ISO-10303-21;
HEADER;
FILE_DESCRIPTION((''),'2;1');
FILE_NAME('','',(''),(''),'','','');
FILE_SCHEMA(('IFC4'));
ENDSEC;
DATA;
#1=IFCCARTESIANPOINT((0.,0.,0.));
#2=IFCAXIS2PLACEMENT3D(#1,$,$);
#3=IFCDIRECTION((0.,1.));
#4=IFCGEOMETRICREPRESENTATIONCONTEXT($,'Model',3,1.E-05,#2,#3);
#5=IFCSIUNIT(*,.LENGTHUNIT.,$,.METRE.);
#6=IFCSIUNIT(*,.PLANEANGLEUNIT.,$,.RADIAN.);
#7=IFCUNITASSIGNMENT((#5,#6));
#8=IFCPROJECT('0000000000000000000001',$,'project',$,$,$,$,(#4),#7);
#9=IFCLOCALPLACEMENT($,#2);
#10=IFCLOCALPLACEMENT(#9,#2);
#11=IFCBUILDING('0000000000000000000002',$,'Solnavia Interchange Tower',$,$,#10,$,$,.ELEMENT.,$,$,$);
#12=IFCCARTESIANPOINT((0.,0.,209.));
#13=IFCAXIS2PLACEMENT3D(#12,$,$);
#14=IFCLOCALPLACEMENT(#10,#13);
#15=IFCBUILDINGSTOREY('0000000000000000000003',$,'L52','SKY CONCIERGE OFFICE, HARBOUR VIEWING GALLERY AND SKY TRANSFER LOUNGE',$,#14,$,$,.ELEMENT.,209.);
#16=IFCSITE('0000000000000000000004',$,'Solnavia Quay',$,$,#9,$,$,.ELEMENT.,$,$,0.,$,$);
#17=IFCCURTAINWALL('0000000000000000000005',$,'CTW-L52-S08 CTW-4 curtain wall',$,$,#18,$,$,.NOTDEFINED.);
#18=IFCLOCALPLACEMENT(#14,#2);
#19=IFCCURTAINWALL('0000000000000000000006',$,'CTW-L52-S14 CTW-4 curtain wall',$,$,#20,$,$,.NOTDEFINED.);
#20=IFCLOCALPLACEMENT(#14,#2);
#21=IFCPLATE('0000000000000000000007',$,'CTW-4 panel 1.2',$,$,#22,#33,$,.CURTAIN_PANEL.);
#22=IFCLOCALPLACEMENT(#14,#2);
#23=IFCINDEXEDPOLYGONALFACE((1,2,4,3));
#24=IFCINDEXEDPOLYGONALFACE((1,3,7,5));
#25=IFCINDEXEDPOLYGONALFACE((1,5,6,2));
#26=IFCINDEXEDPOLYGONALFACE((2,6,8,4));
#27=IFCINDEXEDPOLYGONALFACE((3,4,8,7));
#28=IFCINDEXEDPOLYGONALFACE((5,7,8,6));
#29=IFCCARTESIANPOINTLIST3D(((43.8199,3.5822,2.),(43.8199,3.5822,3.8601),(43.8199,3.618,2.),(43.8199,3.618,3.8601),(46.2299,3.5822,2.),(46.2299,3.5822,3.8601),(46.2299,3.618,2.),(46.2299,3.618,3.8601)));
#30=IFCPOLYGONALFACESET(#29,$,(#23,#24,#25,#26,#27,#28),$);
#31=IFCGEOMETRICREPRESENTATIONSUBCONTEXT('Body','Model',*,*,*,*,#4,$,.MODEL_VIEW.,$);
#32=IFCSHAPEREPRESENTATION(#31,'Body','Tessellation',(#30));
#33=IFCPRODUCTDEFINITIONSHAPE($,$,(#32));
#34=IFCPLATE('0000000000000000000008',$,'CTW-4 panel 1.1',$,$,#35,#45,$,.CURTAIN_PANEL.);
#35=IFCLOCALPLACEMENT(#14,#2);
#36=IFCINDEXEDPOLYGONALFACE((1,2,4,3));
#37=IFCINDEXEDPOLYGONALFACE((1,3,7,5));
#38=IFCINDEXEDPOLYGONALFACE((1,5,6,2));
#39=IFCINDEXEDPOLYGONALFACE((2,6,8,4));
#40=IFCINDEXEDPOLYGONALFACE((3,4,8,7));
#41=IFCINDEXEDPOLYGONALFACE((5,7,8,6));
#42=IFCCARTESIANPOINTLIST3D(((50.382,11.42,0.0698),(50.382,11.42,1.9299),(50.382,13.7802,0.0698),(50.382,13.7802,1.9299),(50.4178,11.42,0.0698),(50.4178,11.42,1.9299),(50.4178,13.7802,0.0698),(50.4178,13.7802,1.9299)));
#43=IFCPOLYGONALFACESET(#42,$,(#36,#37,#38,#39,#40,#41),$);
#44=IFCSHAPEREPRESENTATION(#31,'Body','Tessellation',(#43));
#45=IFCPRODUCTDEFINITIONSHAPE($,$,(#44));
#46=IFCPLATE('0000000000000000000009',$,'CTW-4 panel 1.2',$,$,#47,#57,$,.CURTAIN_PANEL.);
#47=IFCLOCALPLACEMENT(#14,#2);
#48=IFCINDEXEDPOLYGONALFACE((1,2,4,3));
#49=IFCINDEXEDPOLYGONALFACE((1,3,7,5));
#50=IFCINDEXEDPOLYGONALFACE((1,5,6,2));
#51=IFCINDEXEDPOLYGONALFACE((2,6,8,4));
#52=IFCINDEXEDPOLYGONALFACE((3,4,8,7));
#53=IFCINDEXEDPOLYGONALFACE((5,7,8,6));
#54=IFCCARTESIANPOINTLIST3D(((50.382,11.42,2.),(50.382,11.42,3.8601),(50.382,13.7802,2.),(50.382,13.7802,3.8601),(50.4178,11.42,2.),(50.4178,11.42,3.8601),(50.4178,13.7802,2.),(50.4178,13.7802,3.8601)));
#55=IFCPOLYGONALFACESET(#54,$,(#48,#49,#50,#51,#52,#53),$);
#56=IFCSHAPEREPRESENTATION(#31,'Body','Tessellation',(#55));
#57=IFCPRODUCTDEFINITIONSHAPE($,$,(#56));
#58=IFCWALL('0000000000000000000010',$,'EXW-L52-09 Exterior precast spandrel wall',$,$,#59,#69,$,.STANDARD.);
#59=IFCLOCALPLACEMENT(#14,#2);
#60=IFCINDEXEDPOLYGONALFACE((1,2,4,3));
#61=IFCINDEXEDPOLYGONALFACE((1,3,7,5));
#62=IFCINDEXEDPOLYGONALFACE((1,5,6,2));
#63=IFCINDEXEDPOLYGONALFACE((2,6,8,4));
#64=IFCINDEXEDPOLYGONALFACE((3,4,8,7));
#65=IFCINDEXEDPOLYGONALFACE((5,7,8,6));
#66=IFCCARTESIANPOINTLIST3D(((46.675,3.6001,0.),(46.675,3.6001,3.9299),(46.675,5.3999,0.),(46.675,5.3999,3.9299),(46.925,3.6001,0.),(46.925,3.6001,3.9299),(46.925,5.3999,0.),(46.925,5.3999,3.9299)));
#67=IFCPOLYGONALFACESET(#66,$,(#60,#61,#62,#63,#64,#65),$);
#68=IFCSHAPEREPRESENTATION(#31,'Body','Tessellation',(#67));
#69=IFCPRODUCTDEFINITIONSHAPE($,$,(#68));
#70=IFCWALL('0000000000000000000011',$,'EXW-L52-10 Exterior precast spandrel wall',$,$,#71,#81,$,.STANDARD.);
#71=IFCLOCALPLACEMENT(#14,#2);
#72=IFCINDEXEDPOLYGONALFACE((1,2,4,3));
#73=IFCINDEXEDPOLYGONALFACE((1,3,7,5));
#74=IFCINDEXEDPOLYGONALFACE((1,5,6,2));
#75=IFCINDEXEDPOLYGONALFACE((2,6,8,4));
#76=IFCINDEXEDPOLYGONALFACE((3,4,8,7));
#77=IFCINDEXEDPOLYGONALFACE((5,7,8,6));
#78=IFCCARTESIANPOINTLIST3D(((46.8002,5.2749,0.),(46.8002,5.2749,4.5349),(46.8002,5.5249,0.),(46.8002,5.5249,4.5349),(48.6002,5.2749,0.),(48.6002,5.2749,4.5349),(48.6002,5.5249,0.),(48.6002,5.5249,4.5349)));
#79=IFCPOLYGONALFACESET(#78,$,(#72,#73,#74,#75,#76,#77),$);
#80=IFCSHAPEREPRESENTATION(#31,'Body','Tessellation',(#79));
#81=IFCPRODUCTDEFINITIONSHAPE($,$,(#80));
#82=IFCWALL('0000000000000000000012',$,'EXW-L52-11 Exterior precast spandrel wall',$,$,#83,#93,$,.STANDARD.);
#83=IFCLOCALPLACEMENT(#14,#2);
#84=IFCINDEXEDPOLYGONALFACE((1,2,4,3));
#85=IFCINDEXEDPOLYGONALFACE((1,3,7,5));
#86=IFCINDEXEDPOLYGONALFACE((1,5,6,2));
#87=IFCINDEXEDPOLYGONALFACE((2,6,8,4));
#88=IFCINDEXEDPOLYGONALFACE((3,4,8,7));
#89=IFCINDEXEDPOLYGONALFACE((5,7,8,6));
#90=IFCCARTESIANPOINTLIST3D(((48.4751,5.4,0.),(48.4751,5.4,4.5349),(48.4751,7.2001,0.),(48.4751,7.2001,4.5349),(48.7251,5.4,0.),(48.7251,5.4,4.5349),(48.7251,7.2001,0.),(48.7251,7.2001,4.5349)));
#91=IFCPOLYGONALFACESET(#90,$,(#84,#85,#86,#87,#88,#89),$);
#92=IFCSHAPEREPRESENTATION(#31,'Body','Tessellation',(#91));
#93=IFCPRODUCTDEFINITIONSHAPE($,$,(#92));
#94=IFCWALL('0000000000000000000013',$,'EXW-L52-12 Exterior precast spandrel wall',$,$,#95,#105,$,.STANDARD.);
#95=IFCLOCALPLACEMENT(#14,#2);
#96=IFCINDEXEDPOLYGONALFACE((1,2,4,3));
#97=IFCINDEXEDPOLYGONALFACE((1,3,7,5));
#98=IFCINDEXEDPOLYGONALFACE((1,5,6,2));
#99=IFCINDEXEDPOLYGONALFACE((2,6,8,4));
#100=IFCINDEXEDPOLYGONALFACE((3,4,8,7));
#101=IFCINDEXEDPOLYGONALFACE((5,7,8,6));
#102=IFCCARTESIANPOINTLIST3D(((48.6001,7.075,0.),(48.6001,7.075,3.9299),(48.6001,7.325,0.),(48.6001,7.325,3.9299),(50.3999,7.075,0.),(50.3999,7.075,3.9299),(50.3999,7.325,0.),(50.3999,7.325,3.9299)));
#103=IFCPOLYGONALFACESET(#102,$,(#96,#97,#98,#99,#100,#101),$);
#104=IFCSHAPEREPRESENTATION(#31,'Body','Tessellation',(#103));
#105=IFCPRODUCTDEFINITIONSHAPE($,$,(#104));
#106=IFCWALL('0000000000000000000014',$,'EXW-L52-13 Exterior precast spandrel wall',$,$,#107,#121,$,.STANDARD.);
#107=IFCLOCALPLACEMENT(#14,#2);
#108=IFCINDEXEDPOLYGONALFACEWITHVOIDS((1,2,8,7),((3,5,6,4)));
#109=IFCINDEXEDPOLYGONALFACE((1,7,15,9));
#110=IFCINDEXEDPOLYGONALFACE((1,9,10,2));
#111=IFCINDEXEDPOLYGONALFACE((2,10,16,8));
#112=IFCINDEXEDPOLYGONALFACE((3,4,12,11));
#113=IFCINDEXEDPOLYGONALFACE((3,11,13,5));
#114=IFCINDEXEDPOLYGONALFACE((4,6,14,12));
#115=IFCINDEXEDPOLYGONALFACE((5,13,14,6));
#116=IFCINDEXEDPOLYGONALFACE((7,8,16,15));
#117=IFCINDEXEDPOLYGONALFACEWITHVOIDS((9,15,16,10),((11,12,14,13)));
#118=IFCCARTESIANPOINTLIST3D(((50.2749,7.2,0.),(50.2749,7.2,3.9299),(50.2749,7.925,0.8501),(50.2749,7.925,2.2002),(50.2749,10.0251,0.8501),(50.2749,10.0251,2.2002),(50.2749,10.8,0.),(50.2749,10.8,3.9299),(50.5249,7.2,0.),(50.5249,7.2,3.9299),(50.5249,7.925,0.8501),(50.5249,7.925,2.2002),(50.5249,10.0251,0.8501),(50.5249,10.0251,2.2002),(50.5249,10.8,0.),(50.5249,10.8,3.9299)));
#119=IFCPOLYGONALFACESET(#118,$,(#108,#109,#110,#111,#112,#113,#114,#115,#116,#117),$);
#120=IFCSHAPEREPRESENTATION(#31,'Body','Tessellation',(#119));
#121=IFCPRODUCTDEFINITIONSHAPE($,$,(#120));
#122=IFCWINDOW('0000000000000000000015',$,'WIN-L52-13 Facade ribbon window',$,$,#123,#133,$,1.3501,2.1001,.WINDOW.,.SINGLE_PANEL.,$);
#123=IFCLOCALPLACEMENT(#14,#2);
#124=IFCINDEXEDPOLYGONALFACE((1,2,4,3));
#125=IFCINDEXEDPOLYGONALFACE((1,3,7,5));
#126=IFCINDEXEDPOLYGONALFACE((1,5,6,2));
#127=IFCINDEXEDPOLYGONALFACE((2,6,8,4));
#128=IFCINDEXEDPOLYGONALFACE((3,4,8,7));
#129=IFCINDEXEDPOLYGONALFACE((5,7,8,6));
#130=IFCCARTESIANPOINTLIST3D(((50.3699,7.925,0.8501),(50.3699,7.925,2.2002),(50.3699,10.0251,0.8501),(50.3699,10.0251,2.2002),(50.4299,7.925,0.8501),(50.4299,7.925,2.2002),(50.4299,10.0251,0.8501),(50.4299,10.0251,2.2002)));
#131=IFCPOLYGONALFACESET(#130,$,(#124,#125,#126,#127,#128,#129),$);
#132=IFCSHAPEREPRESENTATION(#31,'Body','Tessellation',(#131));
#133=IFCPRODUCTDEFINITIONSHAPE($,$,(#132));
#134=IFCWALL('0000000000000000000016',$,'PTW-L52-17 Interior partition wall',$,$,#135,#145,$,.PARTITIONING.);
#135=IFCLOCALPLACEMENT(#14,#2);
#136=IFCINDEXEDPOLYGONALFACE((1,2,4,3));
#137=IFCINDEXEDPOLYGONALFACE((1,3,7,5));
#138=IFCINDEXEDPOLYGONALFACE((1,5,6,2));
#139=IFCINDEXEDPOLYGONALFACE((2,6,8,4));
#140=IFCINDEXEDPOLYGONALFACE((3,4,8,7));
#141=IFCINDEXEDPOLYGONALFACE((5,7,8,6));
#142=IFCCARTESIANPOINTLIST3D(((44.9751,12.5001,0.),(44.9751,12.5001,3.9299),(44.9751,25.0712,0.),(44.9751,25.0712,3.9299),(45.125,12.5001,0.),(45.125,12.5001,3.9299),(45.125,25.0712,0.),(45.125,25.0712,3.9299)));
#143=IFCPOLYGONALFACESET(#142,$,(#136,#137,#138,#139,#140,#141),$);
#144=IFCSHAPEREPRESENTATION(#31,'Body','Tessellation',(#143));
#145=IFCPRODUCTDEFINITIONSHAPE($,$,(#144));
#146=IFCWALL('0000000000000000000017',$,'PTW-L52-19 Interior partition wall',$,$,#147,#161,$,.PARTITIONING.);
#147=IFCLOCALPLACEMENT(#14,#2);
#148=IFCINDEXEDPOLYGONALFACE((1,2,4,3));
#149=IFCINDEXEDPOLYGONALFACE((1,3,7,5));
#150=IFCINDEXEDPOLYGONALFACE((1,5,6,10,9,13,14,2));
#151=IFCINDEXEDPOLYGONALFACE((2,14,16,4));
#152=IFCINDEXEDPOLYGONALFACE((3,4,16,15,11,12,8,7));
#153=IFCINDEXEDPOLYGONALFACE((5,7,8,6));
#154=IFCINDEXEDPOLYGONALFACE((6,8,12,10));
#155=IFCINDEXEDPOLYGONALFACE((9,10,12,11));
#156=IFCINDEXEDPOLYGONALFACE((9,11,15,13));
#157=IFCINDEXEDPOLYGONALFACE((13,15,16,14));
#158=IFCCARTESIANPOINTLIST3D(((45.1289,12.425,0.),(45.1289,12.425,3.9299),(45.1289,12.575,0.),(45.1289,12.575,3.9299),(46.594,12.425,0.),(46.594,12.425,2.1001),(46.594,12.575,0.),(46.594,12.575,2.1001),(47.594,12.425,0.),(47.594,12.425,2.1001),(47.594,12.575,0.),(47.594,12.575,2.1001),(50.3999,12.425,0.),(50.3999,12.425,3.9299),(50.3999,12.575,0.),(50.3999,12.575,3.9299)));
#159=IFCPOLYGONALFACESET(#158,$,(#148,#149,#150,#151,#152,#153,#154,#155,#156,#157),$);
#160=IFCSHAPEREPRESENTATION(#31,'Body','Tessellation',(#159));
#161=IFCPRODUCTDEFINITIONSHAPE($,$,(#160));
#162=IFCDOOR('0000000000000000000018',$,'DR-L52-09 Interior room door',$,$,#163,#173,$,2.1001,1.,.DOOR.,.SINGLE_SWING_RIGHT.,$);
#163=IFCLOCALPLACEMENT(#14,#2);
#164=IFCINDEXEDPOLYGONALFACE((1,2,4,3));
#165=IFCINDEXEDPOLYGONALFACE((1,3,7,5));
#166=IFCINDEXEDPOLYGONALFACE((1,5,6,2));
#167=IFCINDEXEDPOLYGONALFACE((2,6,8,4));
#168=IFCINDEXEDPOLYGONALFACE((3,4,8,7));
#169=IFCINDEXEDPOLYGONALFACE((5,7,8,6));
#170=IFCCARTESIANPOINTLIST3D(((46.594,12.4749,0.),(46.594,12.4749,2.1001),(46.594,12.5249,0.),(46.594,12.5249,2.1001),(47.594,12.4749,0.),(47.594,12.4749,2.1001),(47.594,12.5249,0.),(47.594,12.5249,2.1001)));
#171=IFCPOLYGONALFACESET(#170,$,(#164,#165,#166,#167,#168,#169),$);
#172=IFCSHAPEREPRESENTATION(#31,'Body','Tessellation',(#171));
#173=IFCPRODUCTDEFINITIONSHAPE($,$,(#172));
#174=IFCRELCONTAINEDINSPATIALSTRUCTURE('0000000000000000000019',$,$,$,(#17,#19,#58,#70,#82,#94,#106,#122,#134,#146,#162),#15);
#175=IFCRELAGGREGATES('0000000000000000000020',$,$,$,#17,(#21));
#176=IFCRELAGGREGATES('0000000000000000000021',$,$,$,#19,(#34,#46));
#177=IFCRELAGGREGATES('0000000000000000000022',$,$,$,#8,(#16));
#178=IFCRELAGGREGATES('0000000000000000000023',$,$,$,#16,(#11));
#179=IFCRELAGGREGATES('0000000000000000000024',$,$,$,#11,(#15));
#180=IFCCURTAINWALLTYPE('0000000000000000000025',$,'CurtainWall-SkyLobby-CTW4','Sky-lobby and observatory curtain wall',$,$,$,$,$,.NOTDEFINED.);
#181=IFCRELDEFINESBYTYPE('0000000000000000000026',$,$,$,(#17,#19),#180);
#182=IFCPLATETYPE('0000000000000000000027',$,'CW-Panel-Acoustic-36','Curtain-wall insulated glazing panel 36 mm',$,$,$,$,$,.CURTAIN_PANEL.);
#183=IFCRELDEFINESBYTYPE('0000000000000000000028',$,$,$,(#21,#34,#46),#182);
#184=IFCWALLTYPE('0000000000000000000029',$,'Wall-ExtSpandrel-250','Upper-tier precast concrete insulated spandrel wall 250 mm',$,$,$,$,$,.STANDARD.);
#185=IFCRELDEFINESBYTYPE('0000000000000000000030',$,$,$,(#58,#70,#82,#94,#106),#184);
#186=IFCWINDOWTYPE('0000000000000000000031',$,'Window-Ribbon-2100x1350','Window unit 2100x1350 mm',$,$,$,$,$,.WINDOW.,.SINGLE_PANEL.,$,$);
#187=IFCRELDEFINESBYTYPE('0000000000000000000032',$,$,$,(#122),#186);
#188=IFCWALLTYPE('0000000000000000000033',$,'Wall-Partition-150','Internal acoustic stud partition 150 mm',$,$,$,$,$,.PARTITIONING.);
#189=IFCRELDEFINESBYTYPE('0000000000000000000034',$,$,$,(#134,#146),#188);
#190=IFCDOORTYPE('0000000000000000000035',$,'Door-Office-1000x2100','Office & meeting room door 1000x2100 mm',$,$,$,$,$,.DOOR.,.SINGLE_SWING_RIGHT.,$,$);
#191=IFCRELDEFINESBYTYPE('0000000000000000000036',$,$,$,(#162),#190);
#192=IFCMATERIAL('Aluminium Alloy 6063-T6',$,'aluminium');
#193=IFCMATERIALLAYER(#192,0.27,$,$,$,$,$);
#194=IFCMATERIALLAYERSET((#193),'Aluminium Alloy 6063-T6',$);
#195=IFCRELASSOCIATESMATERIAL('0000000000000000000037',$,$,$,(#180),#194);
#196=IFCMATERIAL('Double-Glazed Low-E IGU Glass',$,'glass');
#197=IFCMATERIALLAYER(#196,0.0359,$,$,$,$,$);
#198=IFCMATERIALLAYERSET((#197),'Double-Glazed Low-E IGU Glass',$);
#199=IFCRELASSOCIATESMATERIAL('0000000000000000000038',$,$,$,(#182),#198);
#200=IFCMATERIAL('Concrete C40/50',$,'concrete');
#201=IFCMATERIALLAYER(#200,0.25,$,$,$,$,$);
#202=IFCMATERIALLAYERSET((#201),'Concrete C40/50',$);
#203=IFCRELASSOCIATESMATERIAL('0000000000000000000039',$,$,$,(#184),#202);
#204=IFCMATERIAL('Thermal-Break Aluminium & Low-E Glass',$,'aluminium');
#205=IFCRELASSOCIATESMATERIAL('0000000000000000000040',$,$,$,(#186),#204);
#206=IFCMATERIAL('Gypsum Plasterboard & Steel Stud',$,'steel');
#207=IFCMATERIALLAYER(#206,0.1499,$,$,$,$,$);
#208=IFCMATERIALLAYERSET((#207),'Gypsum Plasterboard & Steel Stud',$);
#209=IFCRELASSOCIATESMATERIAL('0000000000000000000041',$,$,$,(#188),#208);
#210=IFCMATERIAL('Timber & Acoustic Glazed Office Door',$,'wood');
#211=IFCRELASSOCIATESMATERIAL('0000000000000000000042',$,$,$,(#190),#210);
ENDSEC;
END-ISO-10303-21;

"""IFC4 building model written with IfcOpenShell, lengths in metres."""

from ifc_helpers import new_model, si_unit, direction, frame, frame_2d, origin, origin_2d, place, context, subcontext, project, spatial, rectangle, extrude, material, layer, layer_set, type_object, element, fill, aggregate, save


model = new_model("IFC4")

# Units and contexts
model_context = context("Model", 3, precision=1e-05, world=origin(), true_north=direction((0.0, 1.0)))
body_context = subcontext(model_context, "Body", "Model", "MODEL_VIEW")
ifc_project = project(units=[si_unit("LENGTHUNIT", "METRE"), si_unit("PLANEANGLEUNIT", "RADIAN")], contexts=[model_context])

# Site, building, storey
site_placement = place(None, origin())
site = spatial("IfcSite", under=ifc_project, at=site_placement, Name="Solnavia Quay", CompositionType="ELEMENT", RefElevation=0.0)
building_placement = place(site_placement, origin())
building = spatial("IfcBuilding", under=site, at=building_placement, Name="Solnavia Interchange Tower", CompositionType="ELEMENT")
storey_placement = place(building_placement, frame((0.0, 0.0, 209.0)))
storey = spatial("IfcBuildingStorey", under=building, at=storey_placement, Name="L52", Description="SKY CONCIERGE OFFICE, HARBOUR VIEWING GALLERY AND SKY TRANSFER LOUNGE", CompositionType="ELEMENT", Elevation=209.0)

# Curtain wall
ifc_material_1 = material(Name="Aluminium Alloy 6063-T6", Category="aluminium")
ifc_layer_1 = layer(ifc_material_1, 0.27)
ifc_layer_set_1 = layer_set([ifc_layer_1], Name="Aluminium Alloy 6063-T6")
curtain_wall_type = type_object("IfcCurtainWallType", Name="CurtainWall-SkyLobby-CTW4", Description="Sky-lobby and observatory curtain wall", PredefinedType="NOTDEFINED", material=ifc_layer_set_1)
curtain_wall_1_placement = place(storey_placement, origin())
curtain_wall_1 = element("IfcCurtainWall", 1, at=curtain_wall_1_placement, inside=storey, type_object=curtain_wall_type, Name="CTW-L52-S08 CTW-4 curtain wall", PredefinedType="NOTDEFINED")

# Curtain wall
curtain_wall_2_placement = place(storey_placement, origin())
curtain_wall_2 = element("IfcCurtainWall", 2, at=curtain_wall_2_placement, inside=storey, type_object=curtain_wall_type, Name="CTW-L52-S14 CTW-4 curtain wall", PredefinedType="NOTDEFINED")

# Plates
ifc_material_2 = material(Name="Double-Glazed Low-E IGU Glass", Category="glass")
ifc_layer_2 = layer(ifc_material_2, 0.0359)
ifc_layer_set_2 = layer_set([ifc_layer_2], Name="Double-Glazed Low-E IGU Glass")
plate_type = type_object("IfcPlateType", Name="CW-Panel-Acoustic-36", Description="Curtain-wall insulated glazing panel 36 mm", PredefinedType="CURTAIN_PANEL", material=ifc_layer_set_2)
plate_1_placement = place(storey_placement, frame((45.0249, 3.6001, 2.0), z_axis=(0.0, 0.0, 1.0), x_axis=(1.0, 0.0, 0.0)))
plate_1 = element("IfcPlate", 3, at=plate_1_placement, type_object=plate_type, Name="CTW-4 panel 1.2", PredefinedType="CURTAIN_PANEL", context=body_context, shape_type="SweptSolid", body=[
    extrude(rectangle(XDim=2.4099, YDim=0.0359, at=origin_2d()), origin(), (0.0, 0.0, 1.0), 1.8601),
])
aggregate(curtain_wall_1, [plate_1])
plate_2_placement = place(storey_placement, frame((50.3999, 12.6001, 0.0698), z_axis=(0.0, 0.0, 1.0), x_axis=(0.0, 1.0, 0.0)))
plate_2 = element("IfcPlate", 4, at=plate_2_placement, type_object=plate_type, Name="CTW-4 panel 1.1", PredefinedType="CURTAIN_PANEL", context=body_context, shape_type="SweptSolid", body=[
    extrude(rectangle(XDim=2.3601, YDim=0.0359, at=origin_2d()), origin(), (0.0, 0.0, 1.0), 1.8601),
])
plate_3_placement = place(storey_placement, frame((50.3999, 12.6001, 2.0), z_axis=(0.0, 0.0, 1.0), x_axis=(0.0, 1.0, 0.0)))
plate_3 = element("IfcPlate", 5, at=plate_3_placement, type_object=plate_type, Name="CTW-4 panel 1.2", PredefinedType="CURTAIN_PANEL", context=body_context, shape_type="SweptSolid", body=[
    extrude(rectangle(XDim=2.3601, YDim=0.0359, at=origin_2d()), origin(), (0.0, 0.0, 1.0), 1.8601),
])
aggregate(curtain_wall_2, [plate_2, plate_3])

# Walls
ifc_material_3 = material(Name="Concrete C40/50", Category="concrete")
ifc_layer_3 = layer(ifc_material_3, 0.25)
ifc_layer_set_3 = layer_set([ifc_layer_3], Name="Concrete C40/50")
wall_type_1 = type_object("IfcWallType", Name="Wall-ExtSpandrel-250", Description="Upper-tier precast concrete insulated spandrel wall 250 mm", PredefinedType="STANDARD", material=ifc_layer_set_3)
wall_1_placement = place(storey_placement, frame((46.8, 5.3999, 0.0), z_axis=(0.0, 0.0, 1.0), x_axis=(0.0, -1.0, 0.0)))
element("IfcWall", 6, at=wall_1_placement, inside=storey, type_object=wall_type_1, Name="EXW-L52-09 Exterior precast spandrel wall", PredefinedType="STANDARD", context=body_context, shape_type="SweptSolid", body=[
    extrude(rectangle(XDim=1.7998, YDim=0.25, at=frame_2d((0.8999, 0.0))), origin(), (0.0, 0.0, 1.0), 3.9299),
])
for number, where, z_axis, x_axis, name in (
    (7, (48.6001, 5.3999, 0.0), (0.0, 0.0, 1.0), (-1.0, 0.0, 0.0), "EXW-L52-10 Exterior precast spandrel wall"),
    (8, (48.6001, 7.2, 0.0), (0.0, 0.0, 1.0), (0.0, -1.0, 0.0), "EXW-L52-11 Exterior precast spandrel wall"),
):
    element("IfcWall", number, at=place(storey_placement, frame(where, z_axis=z_axis, x_axis=x_axis)), inside=storey, type_object=wall_type_1, Name=name, PredefinedType="STANDARD", context=body_context, shape_type="SweptSolid", body=[
        extrude(rectangle(XDim=1.8, YDim=0.25, at=frame_2d((0.8999, 0.0))), origin(), (0.0, 0.0, 1.0), 4.5349),
    ])
wall_2_placement = place(storey_placement, frame((50.3999, 7.2, 0.0), z_axis=(0.0, 0.0, 1.0), x_axis=(-1.0, 0.0, 0.0)))
element("IfcWall", 9, at=wall_2_placement, inside=storey, type_object=wall_type_1, Name="EXW-L52-12 Exterior precast spandrel wall", PredefinedType="STANDARD", context=body_context, shape_type="SweptSolid", body=[
    extrude(rectangle(XDim=1.7998, YDim=0.25, at=frame_2d((0.8999, 0.0))), origin(), (0.0, 0.0, 1.0), 3.9299),
])

# Wall, opening, window
wall_3_placement = place(storey_placement, frame((50.3999, 10.8, 0.0), z_axis=(0.0, 0.0, 1.0), x_axis=(0.0, -1.0, 0.0)))
wall_3 = element("IfcWall", 10, at=wall_3_placement, inside=storey, type_object=wall_type_1, Name="EXW-L52-13 Exterior precast spandrel wall", PredefinedType="STANDARD", context=body_context, shape_type="SweptSolid", body=[
    extrude(rectangle(XDim=3.6001, YDim=0.25, at=frame_2d((1.8, 0.0))), origin(), (0.0, 0.0, 1.0), 3.9299),
])
opening_1_placement = place(wall_3_placement, frame((0.7749, 0.0, 0.8501)))
opening_1 = element("IfcOpeningElement", 11, at=opening_1_placement, cuts=wall_3, PredefinedType="OPENING", context=body_context, shape_type="SweptSolid", body=[
    extrude(rectangle(XDim=2.1001, YDim=1.3501, at=frame_2d((1.05, 0.675))), frame((0.0, 0.135, 0.0), z_axis=(0.0, -1.0, 0.0), x_axis=(1.0, 0.0, 0.0)), (0.0, 0.0, 1.0), 0.27),
])
ifc_material_4 = material(Name="Thermal-Break Aluminium & Low-E Glass", Category="aluminium")
window_type = type_object("IfcWindowType", Name="Window-Ribbon-2100x1350", Description="Window unit 2100x1350 mm", PartitioningType="SINGLE_PANEL", PredefinedType="WINDOW", material=ifc_material_4)
window_placement = place(opening_1_placement, origin())
window = element("IfcWindow", 12, at=window_placement, inside=storey, type_object=window_type, Name="WIN-L52-13 Facade ribbon window", OverallHeight=1.3501, OverallWidth=2.1001, PartitioningType="SINGLE_PANEL", PredefinedType="WINDOW", context=body_context, shape_type="SweptSolid", body=[
    extrude(rectangle(XDim=2.1001, YDim=1.3501, at=frame_2d((1.05, 0.675))), frame((0.0, 0.03, 0.0), z_axis=(0.0, -1.0, 0.0), x_axis=(1.0, 0.0, 0.0)), (0.0, 0.0, 1.0), 0.0601),
])
fill(opening_1, window)

# Wall
ifc_material_5 = material(Name="Gypsum Plasterboard & Steel Stud", Category="steel")
ifc_layer_4 = layer(ifc_material_5, 0.1499)
ifc_layer_set_4 = layer_set([ifc_layer_4], Name="Gypsum Plasterboard & Steel Stud")
wall_type_2 = type_object("IfcWallType", Name="Wall-Partition-150", Description="Internal acoustic stud partition 150 mm", PredefinedType="PARTITIONING", material=ifc_layer_set_4)
wall_4_placement = place(storey_placement, frame((45.05, 12.5, 0.0), z_axis=(0.0, 0.0, 1.0), x_axis=(0.0, 1.0, 0.0)))
element("IfcWall", 13, at=wall_4_placement, inside=storey, type_object=wall_type_2, Name="PTW-L52-17 Interior partition wall", PredefinedType="PARTITIONING", context=body_context, shape_type="SweptSolid", body=[
    extrude(rectangle(XDim=12.571, YDim=0.1499, at=frame_2d((6.2856, 0.0))), origin(), (0.0, 0.0, 1.0), 3.9299),
])

# Wall, opening, door
wall_5_placement = place(storey_placement, frame((45.1289, 12.5, 0.0), z_axis=(0.0, 0.0, 1.0), x_axis=(1.0, 0.0, 0.0)))
wall_5 = element("IfcWall", 14, at=wall_5_placement, inside=storey, type_object=wall_type_2, Name="PTW-L52-19 Interior partition wall", PredefinedType="PARTITIONING", context=body_context, shape_type="SweptSolid", body=[
    extrude(rectangle(XDim=5.271, YDim=0.1499, at=frame_2d((2.6355, 0.0))), origin(), (0.0, 0.0, 1.0), 3.9299),
])
opening_2_placement = place(wall_5_placement, frame((1.4651, 0.0, 0.0)))
opening_2 = element("IfcOpeningElement", 15, at=opening_2_placement, cuts=wall_5, PredefinedType="OPENING", context=body_context, shape_type="SweptSolid", body=[
    extrude(rectangle(XDim=1.0, YDim=2.1001, at=frame_2d((0.5, 1.05))), frame((0.0, 0.085, 0.0), z_axis=(0.0, -1.0, 0.0), x_axis=(1.0, 0.0, 0.0)), (0.0, 0.0, 1.0), 0.1699),
])
ifc_material_6 = material(Name="Timber & Acoustic Glazed Office Door", Category="wood")
door_type = type_object("IfcDoorType", Name="Door-Office-1000x2100", Description="Office & meeting room door 1000x2100 mm", OperationType="SINGLE_SWING_RIGHT", PredefinedType="DOOR", material=ifc_material_6)
door_placement = place(opening_2_placement, origin())
door = element("IfcDoor", 16, at=door_placement, inside=storey, type_object=door_type, Name="DR-L52-09 Interior room door", OperationType="SINGLE_SWING_RIGHT", OverallHeight=2.1001, OverallWidth=1.0, PredefinedType="DOOR", context=body_context, shape_type="SweptSolid", body=[
    extrude(rectangle(XDim=1.0, YDim=2.1001, at=frame_2d((0.5, 1.05))), frame((0.0, 0.0249, 0.0), z_axis=(0.0, -1.0, 0.0), x_axis=(1.0, 0.0, 0.0)), (0.0, 0.0, 1.0), 0.05),
])
fill(opening_2, door)

save(model, "model.ifc")
